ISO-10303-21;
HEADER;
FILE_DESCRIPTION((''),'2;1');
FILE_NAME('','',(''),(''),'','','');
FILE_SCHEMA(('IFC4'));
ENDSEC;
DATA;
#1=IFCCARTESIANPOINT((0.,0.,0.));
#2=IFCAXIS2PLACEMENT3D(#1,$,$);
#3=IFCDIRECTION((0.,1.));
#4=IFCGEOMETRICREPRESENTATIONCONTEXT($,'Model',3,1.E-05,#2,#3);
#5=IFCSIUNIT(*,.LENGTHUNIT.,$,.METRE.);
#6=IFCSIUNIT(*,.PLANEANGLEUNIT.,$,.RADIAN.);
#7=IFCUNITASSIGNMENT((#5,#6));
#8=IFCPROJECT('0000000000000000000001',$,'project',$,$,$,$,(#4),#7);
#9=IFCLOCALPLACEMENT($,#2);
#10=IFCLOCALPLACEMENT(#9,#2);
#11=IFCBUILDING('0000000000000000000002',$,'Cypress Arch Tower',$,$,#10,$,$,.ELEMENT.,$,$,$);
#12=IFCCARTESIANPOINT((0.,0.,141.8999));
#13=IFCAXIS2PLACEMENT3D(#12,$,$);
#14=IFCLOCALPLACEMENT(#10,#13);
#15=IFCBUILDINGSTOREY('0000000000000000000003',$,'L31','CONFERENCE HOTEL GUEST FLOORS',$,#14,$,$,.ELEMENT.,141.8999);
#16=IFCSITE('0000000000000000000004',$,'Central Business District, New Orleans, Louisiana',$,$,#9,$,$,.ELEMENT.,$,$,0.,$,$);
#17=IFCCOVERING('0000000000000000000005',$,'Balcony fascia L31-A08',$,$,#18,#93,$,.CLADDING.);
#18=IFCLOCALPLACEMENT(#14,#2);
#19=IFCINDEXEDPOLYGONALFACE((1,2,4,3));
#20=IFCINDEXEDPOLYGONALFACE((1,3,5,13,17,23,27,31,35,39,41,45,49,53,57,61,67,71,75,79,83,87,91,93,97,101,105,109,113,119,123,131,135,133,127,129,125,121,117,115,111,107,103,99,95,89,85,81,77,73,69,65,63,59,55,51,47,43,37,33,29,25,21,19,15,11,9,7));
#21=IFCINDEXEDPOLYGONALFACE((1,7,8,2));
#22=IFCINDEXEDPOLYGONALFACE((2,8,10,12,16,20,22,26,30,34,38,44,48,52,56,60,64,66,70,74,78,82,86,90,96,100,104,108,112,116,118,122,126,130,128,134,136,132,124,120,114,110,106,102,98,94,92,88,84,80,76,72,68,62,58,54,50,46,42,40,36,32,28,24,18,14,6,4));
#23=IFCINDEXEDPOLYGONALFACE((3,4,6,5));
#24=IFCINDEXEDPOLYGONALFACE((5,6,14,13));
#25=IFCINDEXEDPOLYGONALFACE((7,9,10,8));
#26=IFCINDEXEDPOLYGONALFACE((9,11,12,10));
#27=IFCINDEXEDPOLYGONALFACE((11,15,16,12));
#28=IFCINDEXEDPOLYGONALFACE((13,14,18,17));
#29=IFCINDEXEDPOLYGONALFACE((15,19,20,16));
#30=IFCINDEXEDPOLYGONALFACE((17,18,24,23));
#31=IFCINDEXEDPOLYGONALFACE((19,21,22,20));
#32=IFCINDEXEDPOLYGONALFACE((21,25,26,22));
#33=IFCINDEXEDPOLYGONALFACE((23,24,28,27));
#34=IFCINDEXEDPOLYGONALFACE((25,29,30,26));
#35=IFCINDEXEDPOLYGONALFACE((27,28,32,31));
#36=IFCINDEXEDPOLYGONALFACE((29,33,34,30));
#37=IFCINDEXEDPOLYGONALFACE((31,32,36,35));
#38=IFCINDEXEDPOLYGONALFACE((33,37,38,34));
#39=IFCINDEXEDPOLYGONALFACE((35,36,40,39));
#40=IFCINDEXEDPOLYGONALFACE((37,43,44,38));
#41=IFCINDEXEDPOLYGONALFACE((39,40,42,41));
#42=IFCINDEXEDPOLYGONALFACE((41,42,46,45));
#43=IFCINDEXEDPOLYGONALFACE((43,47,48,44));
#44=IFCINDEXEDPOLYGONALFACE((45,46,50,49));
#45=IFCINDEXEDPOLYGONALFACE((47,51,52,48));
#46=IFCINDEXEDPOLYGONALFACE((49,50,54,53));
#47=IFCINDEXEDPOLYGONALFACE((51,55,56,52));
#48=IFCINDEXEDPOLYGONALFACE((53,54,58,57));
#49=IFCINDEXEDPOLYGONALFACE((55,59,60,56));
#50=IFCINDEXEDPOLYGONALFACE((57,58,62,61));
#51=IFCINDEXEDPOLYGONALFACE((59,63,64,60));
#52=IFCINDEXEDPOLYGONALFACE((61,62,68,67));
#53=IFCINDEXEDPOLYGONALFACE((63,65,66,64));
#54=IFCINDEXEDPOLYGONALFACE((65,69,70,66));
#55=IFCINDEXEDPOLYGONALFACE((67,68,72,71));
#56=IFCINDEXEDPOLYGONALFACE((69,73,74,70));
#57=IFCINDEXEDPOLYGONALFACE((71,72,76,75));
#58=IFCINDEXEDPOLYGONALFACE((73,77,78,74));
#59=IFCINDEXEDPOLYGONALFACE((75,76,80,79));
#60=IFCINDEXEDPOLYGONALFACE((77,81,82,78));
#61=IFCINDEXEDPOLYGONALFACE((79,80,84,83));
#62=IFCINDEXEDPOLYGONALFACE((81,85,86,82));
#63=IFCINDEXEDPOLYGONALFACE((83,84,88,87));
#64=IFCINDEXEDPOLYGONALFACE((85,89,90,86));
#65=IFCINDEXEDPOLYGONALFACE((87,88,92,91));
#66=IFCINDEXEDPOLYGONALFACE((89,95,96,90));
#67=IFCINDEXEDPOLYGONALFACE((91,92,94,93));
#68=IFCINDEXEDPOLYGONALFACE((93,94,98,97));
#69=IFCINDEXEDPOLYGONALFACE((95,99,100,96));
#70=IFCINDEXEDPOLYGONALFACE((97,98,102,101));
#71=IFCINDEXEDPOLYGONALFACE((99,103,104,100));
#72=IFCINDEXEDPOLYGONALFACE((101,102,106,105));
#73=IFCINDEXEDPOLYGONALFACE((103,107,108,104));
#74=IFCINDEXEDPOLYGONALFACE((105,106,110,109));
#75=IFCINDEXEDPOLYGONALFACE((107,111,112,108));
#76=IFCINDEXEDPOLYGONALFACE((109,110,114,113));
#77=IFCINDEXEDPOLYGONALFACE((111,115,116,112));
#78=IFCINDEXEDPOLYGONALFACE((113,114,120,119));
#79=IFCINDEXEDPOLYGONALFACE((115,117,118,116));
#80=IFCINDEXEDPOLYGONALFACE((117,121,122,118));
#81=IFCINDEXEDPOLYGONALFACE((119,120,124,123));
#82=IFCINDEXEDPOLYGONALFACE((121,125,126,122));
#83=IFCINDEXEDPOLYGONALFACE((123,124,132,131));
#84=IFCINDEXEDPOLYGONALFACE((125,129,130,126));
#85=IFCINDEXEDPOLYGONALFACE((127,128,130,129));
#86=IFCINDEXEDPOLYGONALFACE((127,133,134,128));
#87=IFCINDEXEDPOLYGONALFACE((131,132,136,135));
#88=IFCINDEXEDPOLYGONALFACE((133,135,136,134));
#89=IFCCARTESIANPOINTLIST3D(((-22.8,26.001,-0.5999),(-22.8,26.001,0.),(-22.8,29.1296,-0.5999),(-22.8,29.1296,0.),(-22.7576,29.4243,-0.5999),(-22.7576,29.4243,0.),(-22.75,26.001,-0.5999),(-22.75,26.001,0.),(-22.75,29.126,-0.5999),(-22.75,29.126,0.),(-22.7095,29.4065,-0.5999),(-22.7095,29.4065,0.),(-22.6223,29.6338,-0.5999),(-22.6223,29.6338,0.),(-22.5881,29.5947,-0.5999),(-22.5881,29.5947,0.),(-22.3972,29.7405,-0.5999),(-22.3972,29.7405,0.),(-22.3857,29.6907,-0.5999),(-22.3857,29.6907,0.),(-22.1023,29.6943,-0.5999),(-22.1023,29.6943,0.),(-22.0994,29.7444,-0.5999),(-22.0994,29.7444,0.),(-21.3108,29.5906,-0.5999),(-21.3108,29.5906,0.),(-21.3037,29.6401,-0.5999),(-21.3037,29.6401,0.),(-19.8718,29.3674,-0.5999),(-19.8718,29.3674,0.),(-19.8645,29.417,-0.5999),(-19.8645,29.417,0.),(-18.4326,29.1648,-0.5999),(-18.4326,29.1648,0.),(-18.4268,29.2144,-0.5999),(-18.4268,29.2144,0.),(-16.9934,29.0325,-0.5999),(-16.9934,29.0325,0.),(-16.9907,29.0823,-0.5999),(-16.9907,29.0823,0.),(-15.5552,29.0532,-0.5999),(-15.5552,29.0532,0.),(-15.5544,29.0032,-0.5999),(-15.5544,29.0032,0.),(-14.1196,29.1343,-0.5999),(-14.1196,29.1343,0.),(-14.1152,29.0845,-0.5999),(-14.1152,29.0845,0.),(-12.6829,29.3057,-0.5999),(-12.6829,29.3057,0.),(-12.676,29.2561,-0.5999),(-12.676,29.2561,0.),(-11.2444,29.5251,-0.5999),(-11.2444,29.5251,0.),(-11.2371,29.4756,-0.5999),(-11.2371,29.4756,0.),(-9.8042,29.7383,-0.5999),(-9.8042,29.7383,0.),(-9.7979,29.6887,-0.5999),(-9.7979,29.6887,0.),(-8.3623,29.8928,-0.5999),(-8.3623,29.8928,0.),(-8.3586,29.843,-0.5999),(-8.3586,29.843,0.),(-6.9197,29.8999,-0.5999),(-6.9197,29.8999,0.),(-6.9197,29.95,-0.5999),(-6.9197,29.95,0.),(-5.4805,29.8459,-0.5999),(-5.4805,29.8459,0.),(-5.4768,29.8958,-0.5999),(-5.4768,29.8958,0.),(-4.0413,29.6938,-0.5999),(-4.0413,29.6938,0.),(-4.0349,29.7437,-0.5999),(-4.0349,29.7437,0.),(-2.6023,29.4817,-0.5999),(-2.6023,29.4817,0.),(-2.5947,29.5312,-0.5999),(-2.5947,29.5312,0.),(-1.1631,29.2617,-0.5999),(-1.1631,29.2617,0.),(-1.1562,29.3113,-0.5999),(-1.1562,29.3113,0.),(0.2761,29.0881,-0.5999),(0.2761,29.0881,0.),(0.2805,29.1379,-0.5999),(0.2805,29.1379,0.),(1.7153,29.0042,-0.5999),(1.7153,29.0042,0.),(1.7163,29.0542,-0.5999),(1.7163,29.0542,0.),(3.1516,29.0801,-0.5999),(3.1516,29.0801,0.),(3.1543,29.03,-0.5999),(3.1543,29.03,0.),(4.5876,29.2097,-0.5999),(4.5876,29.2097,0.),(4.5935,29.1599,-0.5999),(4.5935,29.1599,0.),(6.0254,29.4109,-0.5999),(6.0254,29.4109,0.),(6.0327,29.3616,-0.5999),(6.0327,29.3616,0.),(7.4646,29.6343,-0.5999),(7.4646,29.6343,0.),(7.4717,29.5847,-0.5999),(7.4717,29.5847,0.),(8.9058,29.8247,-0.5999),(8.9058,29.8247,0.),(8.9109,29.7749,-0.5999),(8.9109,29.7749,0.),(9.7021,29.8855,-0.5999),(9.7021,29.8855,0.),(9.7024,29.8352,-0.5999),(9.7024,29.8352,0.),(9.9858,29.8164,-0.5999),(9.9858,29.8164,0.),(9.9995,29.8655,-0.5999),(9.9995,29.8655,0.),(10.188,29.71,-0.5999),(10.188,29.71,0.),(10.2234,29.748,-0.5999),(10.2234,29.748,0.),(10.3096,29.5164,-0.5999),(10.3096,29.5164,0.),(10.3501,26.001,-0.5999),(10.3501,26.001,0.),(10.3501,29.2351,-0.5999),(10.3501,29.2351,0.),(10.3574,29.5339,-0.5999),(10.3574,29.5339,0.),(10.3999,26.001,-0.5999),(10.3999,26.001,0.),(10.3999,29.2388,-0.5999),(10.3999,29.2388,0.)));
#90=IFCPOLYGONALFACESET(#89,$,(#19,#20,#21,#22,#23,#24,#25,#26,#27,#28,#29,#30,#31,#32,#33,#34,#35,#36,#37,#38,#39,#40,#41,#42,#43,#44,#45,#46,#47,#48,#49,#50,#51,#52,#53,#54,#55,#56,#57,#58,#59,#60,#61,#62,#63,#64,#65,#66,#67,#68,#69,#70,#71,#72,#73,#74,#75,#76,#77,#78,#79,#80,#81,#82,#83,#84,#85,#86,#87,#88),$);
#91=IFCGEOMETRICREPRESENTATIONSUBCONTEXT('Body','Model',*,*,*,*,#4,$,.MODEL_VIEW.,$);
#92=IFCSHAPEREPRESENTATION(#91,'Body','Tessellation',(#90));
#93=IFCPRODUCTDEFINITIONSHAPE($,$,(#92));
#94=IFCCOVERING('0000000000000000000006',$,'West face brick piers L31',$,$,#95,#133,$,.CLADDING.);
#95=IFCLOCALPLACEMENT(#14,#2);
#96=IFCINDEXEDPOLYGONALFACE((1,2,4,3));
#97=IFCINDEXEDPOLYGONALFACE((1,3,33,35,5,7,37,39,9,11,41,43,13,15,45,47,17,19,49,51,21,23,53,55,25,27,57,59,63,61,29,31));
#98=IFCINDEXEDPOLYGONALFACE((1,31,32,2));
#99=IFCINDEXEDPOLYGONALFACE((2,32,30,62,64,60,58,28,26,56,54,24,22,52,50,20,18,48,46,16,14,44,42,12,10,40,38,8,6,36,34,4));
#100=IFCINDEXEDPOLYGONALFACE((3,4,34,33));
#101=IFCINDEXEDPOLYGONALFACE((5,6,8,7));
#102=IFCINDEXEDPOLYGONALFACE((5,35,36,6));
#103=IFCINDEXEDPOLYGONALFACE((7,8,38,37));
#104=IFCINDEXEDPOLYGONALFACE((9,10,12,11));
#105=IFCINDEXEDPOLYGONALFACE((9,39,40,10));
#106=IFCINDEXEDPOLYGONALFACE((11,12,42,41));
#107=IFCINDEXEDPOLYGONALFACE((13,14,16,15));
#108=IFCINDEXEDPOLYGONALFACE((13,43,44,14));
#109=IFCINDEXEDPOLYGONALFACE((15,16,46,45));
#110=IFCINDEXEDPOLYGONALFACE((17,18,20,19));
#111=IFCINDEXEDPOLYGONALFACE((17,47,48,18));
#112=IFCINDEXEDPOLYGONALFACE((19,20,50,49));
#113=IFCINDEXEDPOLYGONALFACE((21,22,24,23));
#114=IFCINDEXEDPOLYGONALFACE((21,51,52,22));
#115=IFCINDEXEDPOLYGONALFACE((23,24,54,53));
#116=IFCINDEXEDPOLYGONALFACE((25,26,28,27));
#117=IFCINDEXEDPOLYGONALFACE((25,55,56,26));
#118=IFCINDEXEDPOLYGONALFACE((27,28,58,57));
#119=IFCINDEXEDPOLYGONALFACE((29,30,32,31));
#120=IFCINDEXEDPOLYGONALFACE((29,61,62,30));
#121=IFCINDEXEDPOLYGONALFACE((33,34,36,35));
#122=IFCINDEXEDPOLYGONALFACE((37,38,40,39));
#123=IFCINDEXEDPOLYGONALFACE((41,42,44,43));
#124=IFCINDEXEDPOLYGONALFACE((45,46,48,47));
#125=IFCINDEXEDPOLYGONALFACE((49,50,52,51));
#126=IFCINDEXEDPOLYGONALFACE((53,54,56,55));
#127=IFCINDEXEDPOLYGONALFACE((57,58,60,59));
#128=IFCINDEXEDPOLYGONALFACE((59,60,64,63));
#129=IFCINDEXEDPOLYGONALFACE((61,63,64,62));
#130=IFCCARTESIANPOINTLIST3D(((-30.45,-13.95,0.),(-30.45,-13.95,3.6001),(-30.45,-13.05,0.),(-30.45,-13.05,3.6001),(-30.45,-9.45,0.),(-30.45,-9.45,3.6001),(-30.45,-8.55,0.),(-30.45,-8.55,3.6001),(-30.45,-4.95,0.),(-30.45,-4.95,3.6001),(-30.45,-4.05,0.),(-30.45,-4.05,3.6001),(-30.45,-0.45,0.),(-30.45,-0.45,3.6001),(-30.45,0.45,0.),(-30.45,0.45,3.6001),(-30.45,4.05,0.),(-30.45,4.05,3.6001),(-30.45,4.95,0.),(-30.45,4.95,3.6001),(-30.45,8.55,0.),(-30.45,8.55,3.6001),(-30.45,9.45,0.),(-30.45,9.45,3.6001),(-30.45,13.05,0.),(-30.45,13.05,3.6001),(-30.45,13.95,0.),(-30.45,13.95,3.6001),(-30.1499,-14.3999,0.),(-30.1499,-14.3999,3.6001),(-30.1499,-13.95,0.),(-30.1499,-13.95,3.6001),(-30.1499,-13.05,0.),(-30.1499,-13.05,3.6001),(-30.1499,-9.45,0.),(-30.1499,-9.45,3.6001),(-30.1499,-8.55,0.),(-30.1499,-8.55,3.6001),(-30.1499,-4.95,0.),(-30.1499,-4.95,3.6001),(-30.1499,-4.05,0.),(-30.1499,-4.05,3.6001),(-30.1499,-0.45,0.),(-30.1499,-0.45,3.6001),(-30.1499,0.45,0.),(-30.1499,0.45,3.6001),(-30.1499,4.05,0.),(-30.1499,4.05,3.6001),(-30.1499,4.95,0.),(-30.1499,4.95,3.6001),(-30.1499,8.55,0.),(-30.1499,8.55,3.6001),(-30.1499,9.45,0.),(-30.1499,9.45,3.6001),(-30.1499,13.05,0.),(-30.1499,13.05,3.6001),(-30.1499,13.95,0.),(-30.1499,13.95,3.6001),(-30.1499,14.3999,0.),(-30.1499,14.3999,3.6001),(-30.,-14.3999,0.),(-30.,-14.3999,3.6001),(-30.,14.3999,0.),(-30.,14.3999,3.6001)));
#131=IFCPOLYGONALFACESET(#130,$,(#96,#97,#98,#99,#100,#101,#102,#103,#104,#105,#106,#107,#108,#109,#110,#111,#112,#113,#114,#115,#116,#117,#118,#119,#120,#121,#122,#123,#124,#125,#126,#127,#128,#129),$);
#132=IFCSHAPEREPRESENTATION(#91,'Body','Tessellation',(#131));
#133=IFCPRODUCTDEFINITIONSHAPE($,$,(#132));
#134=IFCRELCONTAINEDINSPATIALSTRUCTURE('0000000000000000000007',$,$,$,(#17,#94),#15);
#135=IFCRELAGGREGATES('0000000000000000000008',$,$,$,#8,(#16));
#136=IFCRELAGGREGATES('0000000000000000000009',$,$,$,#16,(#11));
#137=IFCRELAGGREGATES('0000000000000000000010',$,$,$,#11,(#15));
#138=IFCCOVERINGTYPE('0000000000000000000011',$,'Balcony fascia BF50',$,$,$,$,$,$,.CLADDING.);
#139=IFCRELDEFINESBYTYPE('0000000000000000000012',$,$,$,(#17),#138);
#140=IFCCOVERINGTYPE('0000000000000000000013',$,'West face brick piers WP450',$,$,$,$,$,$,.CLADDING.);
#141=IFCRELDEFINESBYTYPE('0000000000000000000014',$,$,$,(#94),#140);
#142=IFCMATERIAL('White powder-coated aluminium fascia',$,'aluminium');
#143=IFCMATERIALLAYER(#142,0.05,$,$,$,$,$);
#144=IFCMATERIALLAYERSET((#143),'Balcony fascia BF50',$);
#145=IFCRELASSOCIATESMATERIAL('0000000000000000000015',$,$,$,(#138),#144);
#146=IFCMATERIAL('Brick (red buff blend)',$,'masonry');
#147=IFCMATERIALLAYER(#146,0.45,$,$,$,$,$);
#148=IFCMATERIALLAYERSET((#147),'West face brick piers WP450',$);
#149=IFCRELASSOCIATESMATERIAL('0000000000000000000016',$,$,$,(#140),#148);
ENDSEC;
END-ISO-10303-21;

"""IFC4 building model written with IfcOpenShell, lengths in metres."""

from ifc_helpers import new_model, si_unit, direction, frame, origin, place, context, subcontext, project, spatial, polyline, outline, extrude, material, layer, layer_set, type_object, element, save


model = new_model("IFC4")

# Units and contexts
model_context = context("Model", 3, precision=1e-05, world=origin(), true_north=direction((0.0, 1.0)))
body_context = subcontext(model_context, "Body", "Model", "MODEL_VIEW")
ifc_project = project(units=[si_unit("LENGTHUNIT", "METRE"), si_unit("PLANEANGLEUNIT", "RADIAN")], contexts=[model_context])

# Site, building, storey
site_placement = place(None, origin())
site = spatial("IfcSite", under=ifc_project, at=site_placement, Name="Central Business District, New Orleans, Louisiana", CompositionType="ELEMENT", RefElevation=0.0)
building_placement = place(site_placement, origin())
building = spatial("IfcBuilding", under=site, at=building_placement, Name="Cypress Arch Tower", CompositionType="ELEMENT")
storey_placement = place(building_placement, frame((0.0, 0.0, 141.8999)))
storey = spatial("IfcBuildingStorey", under=building, at=storey_placement, Name="L31", Description="CONFERENCE HOTEL GUEST FLOORS", CompositionType="ELEMENT", Elevation=141.8999)

# Coverings
ifc_material_1 = material(Name="White powder-coated aluminium fascia", Category="aluminium")
ifc_layer_1 = layer(ifc_material_1, 0.05)
ifc_layer_set_1 = layer_set([ifc_layer_1], Name="Balcony fascia BF50")
covering_type_1 = type_object("IfcCoveringType", Name="Balcony fascia BF50", PredefinedType="CLADDING", material=ifc_layer_set_1)
covering_1_placement = place(storey_placement, frame((0.0, 0.0, -0.5999)))
element("IfcCovering", 1, at=covering_1_placement, inside=storey, type_object=covering_type_1, Name="Balcony fascia L31-A08", PredefinedType="CLADDING", context=body_context, shape_type="SweptSolid", body=[
    extrude(outline(polyline([(-22.8, 29.1296), (-22.7576, 29.4243), (-22.6223, 29.6338), (-22.3972, 29.7405), (-22.0994, 29.7444), (-21.3037, 29.6401), (-19.8645, 29.417), (-18.4268, 29.2144), (-16.9907, 29.0823), (-15.5552, 29.0532), (-14.1196, 29.1343), (-12.6829, 29.3057), (-11.2444, 29.5251), (-9.8042, 29.7383), (-8.3623, 29.8928), (-6.9197, 29.95), (-5.4768, 29.8958), (-4.0349, 29.7437), (-2.5947, 29.5312), (-1.1562, 29.3113), (0.2805, 29.1379), (1.7163, 29.0542), (3.1516, 29.0801), (4.5876, 29.2097), (6.0254, 29.4109), (7.4646, 29.6343), (8.9058, 29.8247), (9.7021, 29.8855), (9.9995, 29.8655), (10.2234, 29.748), (10.3574, 29.5339), (10.3999, 29.2388), (10.3999, 26.001), (10.3501, 26.001), (10.3501, 29.2351), (10.3096, 29.5164), (10.188, 29.71), (9.9858, 29.8164), (9.7024, 29.8352), (8.9109, 29.7749), (7.4717, 29.5847), (6.0327, 29.3616), (4.5935, 29.1599), (3.1543, 29.03), (1.7153, 29.0042), (0.2761, 29.0881), (-1.1631, 29.2617), (-2.6023, 29.4817), (-4.0413, 29.6938), (-5.4805, 29.8459), (-6.9197, 29.8999), (-8.3586, 29.843), (-9.7979, 29.6887), (-11.2371, 29.4756), (-12.676, 29.2561), (-14.1152, 29.0845), (-15.5544, 29.0032), (-16.9934, 29.0325), (-18.4326, 29.1648), (-19.8718, 29.3674), (-21.3108, 29.5906), (-22.1023, 29.6943), (-22.3857, 29.6907), (-22.5881, 29.5947), (-22.7095, 29.4065), (-22.75, 29.126), (-22.75, 26.001), (-22.8, 26.001), (-22.8, 29.1296)])), origin(), (0.0, 0.0, 1.0), 0.5999),
])
ifc_material_2 = material(Name="Brick (red buff blend)", Category="masonry")
ifc_layer_2 = layer(ifc_material_2, 0.45)
ifc_layer_set_2 = layer_set([ifc_layer_2], Name="West face brick piers WP450")
covering_type_2 = type_object("IfcCoveringType", Name="West face brick piers WP450", PredefinedType="CLADDING", material=ifc_layer_set_2)
covering_2_placement = place(storey_placement, origin())
element("IfcCovering", 2, at=covering_2_placement, inside=storey, type_object=covering_type_2, Name="West face brick piers L31", PredefinedType="CLADDING", context=body_context, shape_type="SweptSolid", body=[
    extrude(outline(polyline([(-30.1499, -13.05), (-30.1499, -9.45), (-30.45, -9.45), (-30.45, -8.55), (-30.1499, -8.55), (-30.1499, -4.95), (-30.45, -4.95), (-30.45, -4.05), (-30.1499, -4.05), (-30.1499, -0.45), (-30.45, -0.45), (-30.45, 0.45), (-30.1499, 0.45), (-30.1499, 4.05), (-30.45, 4.05), (-30.45, 4.95), (-30.1499, 4.95), (-30.1499, 8.55), (-30.45, 8.55), (-30.45, 9.45), (-30.1499, 9.45), (-30.1499, 13.05), (-30.45, 13.05), (-30.45, 13.95), (-30.1499, 13.95), (-30.1499, 14.3999), (-30.0, 14.3999), (-30.0, -14.3999), (-30.1499, -14.3999), (-30.1499, -13.95), (-30.45, -13.95), (-30.45, -13.05), (-30.1499, -13.05)])), origin(), (0.0, 0.0, 1.0), 3.6001),
])

save(model, "model.ifc")
